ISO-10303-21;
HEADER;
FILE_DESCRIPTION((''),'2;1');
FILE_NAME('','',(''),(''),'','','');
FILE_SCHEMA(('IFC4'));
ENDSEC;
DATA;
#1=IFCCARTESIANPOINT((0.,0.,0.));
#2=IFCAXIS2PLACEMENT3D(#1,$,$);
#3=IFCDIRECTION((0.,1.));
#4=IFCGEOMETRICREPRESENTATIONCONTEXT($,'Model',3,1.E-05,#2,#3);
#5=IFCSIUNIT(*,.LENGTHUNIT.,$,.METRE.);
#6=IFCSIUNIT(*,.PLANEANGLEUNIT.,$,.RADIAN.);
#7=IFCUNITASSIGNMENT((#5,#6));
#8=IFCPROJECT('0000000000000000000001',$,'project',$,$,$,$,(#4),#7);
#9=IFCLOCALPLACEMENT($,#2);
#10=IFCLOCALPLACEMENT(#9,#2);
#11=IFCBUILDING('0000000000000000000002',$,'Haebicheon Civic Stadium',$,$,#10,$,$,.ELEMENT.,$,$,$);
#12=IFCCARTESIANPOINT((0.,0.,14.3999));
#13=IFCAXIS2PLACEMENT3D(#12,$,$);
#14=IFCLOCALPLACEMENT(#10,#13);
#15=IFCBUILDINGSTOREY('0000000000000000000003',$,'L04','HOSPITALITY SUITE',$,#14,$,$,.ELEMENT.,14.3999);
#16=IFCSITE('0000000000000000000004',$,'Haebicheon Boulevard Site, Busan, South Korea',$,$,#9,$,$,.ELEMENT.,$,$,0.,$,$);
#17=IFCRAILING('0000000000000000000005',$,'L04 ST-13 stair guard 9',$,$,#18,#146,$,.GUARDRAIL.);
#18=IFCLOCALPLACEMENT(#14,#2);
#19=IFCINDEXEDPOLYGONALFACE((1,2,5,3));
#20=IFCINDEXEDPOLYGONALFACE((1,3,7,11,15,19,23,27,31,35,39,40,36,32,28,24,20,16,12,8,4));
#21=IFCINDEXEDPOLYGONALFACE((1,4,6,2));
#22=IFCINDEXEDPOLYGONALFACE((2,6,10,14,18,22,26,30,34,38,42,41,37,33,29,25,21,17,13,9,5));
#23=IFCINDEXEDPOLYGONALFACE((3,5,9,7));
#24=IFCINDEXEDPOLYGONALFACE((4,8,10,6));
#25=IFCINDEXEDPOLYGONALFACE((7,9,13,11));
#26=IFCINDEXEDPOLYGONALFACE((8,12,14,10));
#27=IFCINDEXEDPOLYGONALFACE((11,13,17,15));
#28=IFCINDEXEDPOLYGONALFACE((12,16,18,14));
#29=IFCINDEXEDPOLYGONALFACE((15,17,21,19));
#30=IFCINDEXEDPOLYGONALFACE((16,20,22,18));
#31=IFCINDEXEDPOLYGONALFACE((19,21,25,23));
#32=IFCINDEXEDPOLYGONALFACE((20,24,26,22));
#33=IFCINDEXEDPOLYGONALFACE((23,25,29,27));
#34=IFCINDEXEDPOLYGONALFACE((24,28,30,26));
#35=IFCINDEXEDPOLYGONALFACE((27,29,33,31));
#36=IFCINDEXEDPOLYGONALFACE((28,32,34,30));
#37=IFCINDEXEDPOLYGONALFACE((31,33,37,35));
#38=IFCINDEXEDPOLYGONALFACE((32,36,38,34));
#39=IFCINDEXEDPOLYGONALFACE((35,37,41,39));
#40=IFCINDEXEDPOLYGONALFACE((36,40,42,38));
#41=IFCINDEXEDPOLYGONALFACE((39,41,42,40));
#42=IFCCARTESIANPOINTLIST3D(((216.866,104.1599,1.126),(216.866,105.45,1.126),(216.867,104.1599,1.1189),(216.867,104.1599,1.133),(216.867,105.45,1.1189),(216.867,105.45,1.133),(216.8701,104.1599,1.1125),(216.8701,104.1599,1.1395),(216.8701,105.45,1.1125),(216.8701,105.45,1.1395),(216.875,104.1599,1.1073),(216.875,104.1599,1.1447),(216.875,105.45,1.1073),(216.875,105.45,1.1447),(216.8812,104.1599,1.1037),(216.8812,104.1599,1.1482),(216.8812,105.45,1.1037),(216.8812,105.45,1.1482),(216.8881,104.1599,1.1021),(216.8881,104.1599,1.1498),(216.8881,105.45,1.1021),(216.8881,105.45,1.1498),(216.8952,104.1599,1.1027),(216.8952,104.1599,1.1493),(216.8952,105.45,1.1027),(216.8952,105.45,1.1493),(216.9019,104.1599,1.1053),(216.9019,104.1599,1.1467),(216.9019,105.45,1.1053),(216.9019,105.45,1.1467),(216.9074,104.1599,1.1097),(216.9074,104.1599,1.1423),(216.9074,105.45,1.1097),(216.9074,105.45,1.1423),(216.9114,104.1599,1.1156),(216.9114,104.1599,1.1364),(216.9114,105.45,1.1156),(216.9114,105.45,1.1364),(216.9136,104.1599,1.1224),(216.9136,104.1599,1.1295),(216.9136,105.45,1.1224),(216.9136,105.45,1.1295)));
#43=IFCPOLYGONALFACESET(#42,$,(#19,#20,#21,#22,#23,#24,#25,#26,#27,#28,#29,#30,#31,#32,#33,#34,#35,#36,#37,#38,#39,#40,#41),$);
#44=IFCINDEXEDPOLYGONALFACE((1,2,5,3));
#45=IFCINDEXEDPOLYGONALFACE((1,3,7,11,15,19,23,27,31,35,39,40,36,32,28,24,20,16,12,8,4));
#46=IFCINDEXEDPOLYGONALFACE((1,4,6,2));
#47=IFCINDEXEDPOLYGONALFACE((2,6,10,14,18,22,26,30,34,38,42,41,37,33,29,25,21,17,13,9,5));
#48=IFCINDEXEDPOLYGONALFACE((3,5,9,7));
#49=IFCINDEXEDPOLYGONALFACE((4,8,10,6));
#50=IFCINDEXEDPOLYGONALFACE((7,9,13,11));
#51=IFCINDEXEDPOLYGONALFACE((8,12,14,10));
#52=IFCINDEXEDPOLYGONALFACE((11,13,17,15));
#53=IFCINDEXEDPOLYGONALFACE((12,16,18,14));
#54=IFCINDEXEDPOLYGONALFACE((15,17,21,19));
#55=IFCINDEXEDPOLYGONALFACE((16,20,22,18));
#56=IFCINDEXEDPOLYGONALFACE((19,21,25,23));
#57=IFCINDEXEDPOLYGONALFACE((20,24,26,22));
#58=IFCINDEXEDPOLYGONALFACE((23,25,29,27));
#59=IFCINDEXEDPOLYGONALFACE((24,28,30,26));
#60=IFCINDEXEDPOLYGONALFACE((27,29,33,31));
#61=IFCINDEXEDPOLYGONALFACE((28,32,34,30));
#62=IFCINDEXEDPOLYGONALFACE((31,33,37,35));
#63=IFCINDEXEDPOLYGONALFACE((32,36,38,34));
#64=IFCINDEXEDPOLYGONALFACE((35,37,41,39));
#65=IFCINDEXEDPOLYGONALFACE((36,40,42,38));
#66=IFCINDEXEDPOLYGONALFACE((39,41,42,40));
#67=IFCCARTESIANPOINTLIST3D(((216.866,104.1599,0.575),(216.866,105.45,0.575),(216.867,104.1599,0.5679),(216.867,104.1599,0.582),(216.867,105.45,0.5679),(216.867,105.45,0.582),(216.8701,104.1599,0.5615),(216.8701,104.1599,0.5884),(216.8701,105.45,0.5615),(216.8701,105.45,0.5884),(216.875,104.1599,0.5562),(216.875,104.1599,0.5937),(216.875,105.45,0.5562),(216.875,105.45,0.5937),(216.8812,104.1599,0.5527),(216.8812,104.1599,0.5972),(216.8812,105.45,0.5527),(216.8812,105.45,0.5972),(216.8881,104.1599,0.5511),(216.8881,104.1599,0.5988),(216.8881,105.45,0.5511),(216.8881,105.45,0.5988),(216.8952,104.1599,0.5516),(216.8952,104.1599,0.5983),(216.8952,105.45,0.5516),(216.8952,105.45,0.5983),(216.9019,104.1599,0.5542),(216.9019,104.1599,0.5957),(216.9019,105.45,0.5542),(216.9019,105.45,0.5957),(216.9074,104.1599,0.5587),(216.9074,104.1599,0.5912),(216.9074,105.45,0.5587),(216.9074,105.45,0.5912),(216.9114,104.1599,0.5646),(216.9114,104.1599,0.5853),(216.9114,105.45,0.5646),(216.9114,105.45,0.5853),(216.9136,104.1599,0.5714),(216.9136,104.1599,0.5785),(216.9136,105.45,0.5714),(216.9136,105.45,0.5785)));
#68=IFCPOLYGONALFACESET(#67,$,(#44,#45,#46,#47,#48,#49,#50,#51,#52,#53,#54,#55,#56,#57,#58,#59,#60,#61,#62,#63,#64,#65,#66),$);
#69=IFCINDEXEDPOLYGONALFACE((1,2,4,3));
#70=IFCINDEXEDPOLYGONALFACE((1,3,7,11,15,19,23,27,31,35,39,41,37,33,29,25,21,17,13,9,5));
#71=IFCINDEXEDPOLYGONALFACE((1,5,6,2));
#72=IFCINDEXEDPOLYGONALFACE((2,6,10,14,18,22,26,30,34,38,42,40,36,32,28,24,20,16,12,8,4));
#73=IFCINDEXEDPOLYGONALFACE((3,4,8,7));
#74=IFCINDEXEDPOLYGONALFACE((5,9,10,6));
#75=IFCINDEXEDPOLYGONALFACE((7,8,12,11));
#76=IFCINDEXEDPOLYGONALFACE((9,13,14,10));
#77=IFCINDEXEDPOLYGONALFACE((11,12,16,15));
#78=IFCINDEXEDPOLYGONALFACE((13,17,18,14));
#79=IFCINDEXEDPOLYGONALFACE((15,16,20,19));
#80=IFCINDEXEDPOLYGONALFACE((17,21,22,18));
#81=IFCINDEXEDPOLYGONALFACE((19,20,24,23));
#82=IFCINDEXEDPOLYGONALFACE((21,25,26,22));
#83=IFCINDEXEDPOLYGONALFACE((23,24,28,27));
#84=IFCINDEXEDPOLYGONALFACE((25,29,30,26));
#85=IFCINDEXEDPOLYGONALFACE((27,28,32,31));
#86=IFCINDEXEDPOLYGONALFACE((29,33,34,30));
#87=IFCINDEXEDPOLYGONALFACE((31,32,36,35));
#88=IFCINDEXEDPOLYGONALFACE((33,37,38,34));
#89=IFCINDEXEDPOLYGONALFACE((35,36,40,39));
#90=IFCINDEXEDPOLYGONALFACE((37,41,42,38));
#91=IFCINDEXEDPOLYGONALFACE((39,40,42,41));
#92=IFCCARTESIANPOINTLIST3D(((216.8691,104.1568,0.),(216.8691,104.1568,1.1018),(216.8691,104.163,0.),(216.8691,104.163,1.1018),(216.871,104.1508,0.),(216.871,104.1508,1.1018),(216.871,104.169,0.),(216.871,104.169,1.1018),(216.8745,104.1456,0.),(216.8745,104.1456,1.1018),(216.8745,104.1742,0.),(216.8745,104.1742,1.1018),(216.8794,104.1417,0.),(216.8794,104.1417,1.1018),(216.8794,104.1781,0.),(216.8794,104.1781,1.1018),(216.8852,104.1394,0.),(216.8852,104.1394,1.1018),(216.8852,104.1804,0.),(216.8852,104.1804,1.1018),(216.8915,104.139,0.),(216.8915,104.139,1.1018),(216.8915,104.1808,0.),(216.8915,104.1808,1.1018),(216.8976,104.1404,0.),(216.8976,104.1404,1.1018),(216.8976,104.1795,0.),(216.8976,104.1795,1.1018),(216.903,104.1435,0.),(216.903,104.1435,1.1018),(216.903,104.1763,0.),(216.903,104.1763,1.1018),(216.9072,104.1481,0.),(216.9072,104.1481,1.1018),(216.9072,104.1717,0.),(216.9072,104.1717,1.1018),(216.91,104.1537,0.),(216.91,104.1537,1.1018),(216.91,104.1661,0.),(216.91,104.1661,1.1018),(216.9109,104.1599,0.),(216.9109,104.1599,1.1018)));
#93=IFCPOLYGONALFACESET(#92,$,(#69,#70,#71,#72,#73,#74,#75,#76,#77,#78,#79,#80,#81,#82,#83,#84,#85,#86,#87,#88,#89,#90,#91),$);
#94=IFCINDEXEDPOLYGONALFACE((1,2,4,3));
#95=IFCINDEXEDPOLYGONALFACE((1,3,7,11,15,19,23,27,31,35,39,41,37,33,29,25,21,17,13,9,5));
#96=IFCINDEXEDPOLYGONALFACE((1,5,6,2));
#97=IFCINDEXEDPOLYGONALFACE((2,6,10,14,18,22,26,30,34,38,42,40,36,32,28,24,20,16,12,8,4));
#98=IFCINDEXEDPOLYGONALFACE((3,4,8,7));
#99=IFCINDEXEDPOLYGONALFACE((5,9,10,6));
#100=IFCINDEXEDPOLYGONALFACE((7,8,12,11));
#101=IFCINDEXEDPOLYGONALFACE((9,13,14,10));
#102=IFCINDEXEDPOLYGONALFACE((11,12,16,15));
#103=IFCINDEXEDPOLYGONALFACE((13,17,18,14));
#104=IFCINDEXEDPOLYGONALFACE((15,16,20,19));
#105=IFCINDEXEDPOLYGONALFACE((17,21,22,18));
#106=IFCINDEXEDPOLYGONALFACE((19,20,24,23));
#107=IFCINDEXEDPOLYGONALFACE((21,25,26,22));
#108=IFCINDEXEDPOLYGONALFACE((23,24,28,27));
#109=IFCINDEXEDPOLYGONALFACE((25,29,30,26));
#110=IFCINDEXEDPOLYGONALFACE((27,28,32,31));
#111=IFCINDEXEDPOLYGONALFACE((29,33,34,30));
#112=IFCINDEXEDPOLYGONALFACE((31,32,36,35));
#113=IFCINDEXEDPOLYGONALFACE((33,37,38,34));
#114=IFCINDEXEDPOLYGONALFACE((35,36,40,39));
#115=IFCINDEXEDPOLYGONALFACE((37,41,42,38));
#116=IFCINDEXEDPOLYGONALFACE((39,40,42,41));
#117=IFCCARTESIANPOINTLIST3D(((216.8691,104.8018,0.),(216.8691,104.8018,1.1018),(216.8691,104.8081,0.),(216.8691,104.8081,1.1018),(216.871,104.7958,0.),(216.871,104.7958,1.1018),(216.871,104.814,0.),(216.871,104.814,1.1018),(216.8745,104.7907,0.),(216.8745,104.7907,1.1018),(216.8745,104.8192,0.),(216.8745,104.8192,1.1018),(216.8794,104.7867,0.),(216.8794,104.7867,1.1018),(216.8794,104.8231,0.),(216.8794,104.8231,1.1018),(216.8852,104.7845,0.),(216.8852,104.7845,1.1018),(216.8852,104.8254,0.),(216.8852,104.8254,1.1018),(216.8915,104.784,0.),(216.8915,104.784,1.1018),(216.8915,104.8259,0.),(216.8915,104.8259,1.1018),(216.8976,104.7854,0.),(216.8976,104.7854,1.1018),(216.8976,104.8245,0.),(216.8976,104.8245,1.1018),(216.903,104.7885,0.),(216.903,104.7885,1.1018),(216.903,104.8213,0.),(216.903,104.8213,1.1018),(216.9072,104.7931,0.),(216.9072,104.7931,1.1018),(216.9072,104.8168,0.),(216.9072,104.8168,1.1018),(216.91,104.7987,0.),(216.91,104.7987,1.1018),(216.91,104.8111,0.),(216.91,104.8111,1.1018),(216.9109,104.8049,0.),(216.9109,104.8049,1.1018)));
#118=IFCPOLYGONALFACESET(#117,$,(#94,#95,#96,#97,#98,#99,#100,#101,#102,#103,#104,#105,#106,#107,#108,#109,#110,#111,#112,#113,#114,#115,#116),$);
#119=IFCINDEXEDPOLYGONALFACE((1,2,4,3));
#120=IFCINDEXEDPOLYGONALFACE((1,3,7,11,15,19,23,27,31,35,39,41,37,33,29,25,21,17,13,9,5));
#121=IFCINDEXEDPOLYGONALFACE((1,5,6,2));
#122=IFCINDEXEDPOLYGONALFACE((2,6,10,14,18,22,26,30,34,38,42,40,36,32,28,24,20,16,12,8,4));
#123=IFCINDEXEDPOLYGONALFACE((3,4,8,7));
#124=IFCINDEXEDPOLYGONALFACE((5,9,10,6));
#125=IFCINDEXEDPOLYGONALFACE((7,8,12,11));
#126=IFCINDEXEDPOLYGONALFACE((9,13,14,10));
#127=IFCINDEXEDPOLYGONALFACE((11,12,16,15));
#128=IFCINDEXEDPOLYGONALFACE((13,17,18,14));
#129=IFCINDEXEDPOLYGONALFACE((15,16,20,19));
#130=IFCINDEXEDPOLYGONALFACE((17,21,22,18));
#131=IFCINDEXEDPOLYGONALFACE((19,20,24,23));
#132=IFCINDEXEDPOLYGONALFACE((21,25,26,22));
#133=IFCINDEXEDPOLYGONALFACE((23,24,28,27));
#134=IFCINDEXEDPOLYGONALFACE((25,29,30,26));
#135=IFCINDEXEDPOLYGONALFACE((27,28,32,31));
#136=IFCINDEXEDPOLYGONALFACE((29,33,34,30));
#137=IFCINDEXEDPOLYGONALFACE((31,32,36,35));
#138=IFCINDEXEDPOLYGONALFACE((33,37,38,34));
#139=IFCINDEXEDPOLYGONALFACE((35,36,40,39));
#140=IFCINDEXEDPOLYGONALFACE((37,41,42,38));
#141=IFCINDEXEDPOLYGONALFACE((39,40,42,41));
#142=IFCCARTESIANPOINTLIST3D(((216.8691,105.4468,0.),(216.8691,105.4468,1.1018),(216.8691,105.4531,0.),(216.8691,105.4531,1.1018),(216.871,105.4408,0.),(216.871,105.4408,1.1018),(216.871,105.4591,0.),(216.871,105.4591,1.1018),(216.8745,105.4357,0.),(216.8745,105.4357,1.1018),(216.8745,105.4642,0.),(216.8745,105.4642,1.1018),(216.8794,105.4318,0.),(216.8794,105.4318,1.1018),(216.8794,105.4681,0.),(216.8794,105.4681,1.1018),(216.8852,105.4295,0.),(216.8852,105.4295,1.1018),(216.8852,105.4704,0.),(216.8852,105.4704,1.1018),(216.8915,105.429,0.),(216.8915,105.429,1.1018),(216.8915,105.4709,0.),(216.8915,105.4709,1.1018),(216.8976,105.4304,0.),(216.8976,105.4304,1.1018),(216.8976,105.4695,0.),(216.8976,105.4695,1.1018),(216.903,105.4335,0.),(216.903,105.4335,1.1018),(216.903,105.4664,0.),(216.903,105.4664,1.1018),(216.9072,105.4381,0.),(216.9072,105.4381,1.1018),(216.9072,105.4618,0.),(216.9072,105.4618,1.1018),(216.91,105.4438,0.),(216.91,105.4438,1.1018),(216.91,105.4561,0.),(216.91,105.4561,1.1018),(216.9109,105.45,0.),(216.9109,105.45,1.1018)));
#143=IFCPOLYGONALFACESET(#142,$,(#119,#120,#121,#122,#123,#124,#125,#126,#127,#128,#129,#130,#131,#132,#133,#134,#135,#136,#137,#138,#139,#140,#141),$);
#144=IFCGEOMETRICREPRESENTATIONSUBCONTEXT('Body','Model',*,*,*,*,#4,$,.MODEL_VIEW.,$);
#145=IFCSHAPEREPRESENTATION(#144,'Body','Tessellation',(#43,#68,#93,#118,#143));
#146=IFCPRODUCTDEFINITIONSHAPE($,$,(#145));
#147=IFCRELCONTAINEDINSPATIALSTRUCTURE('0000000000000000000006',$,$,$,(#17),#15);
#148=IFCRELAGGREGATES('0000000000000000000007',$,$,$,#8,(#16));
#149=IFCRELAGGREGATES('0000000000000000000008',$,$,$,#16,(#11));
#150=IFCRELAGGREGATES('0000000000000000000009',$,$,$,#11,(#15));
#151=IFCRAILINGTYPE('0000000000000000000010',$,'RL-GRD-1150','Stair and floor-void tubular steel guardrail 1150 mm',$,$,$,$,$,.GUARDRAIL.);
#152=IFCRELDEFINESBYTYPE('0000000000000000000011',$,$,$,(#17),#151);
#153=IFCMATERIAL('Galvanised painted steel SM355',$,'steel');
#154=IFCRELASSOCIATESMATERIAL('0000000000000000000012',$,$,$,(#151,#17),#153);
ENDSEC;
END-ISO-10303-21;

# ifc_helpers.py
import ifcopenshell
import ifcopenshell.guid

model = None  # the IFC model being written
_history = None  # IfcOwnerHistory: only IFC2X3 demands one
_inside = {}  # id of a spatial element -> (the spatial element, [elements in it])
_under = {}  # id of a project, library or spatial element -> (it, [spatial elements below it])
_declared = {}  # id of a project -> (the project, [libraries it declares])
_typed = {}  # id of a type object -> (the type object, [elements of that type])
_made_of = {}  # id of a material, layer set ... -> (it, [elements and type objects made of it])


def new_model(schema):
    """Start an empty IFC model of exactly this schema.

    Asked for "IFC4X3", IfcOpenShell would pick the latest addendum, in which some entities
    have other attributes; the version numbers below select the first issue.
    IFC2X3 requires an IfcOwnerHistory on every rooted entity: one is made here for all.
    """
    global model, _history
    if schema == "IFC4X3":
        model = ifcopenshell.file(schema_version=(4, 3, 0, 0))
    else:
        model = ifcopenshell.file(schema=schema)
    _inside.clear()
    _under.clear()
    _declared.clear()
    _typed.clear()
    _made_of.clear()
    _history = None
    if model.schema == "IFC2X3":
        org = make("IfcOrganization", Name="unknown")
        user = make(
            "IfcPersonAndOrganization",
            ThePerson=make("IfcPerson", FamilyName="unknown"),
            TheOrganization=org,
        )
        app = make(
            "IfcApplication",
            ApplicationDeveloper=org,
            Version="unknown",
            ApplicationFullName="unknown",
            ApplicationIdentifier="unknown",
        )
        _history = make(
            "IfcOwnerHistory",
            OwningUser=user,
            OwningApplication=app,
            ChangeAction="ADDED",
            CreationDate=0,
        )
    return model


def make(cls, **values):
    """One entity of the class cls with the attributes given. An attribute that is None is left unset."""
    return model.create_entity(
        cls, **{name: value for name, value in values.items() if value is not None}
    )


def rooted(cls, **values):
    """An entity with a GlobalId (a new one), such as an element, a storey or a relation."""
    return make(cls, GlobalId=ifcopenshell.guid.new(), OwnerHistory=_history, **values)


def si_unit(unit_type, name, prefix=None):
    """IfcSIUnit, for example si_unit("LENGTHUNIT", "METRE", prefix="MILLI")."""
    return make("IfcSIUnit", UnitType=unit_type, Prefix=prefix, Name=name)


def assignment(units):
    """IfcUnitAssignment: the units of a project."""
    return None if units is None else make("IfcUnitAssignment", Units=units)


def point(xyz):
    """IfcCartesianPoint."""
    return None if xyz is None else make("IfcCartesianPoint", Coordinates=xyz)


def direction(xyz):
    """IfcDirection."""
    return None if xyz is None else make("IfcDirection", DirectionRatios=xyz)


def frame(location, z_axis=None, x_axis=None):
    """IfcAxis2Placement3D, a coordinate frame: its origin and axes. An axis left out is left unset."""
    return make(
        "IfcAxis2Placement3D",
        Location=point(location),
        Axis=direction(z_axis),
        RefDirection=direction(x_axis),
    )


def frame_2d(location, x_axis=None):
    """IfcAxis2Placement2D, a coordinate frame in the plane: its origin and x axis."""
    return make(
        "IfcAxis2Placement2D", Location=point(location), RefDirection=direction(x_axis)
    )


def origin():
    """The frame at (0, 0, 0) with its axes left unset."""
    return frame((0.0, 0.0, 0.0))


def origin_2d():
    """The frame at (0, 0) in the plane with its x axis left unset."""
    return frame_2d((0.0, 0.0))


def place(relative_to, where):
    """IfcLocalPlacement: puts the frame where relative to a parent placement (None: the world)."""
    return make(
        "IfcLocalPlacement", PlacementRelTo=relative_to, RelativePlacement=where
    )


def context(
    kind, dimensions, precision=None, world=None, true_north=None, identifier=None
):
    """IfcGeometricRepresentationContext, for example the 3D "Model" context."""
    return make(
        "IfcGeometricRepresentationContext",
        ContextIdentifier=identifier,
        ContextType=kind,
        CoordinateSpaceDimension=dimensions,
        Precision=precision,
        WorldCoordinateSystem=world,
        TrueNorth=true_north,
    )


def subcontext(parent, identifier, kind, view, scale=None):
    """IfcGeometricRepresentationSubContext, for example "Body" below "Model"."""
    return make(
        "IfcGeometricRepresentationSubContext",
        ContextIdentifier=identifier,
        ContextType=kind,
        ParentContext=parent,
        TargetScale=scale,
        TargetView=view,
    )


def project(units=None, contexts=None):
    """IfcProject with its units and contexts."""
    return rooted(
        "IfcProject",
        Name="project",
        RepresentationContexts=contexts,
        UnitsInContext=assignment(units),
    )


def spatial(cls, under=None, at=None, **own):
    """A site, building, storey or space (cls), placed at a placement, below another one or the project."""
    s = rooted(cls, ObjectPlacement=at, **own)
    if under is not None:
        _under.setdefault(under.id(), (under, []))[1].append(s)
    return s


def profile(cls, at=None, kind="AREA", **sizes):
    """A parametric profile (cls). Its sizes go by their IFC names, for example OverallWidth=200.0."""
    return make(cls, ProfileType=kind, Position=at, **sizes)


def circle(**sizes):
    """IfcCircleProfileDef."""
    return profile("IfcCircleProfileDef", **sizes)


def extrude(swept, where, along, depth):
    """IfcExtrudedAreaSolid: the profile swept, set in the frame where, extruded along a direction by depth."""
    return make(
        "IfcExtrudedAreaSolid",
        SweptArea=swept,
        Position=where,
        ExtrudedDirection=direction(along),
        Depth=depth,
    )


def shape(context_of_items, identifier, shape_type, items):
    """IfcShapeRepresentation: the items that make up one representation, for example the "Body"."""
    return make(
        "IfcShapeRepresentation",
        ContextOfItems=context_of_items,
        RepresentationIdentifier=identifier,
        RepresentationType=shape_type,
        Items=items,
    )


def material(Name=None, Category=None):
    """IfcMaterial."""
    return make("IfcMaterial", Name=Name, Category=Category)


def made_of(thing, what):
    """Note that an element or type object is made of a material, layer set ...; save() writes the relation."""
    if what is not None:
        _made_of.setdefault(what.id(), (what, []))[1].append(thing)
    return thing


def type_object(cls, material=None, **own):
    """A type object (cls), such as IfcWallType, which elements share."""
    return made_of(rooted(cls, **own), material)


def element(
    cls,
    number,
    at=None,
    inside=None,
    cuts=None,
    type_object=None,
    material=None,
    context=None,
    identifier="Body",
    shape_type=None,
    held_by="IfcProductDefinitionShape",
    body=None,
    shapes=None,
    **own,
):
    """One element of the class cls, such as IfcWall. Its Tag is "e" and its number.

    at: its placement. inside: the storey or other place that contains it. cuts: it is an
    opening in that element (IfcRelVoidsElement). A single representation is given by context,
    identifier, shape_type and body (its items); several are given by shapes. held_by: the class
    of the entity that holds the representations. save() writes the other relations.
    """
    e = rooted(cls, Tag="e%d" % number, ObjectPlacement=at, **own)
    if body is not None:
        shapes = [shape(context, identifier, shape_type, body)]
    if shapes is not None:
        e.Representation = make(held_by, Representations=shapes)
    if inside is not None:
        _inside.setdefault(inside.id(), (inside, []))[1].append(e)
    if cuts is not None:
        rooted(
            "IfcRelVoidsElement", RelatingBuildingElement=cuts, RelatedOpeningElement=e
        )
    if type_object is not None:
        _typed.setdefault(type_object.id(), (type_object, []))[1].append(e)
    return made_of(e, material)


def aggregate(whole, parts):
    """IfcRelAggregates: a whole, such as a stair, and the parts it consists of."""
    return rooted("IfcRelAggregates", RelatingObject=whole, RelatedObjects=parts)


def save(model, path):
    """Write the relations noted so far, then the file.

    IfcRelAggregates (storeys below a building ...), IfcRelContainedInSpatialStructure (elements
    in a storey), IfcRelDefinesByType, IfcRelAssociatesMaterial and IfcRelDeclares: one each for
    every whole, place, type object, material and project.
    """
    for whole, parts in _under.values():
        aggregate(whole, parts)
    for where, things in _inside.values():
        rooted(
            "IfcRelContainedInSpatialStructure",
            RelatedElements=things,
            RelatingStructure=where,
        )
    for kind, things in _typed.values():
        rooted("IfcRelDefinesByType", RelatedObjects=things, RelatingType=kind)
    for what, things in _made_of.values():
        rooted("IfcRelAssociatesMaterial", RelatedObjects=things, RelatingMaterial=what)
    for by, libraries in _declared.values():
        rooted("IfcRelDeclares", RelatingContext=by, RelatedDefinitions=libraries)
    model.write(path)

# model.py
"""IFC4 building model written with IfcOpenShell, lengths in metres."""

from ifc_helpers import new_model, si_unit, direction, frame, origin, origin_2d, place, context, subcontext, project, spatial, circle, extrude, material, type_object, element, save


model = new_model("IFC4")

# Units and contexts
model_context = context("Model", 3, precision=1e-05, world=origin(), true_north=direction((0.0, 1.0)))
body_context = subcontext(model_context, "Body", "Model", "MODEL_VIEW")
ifc_project = project(units=[si_unit("LENGTHUNIT", "METRE"), si_unit("PLANEANGLEUNIT", "RADIAN")], contexts=[model_context])

# Site, building, storey
site_placement = place(None, origin())
site = spatial("IfcSite", under=ifc_project, at=site_placement, Name="Haebicheon Boulevard Site, Busan, South Korea", CompositionType="ELEMENT", RefElevation=0.0)
building_placement = place(site_placement, origin())
building = spatial("IfcBuilding", under=site, at=building_placement, Name="Haebicheon Civic Stadium", CompositionType="ELEMENT")
storey_placement = place(building_placement, frame((0.0, 0.0, 14.3999)))
storey = spatial("IfcBuildingStorey", under=building, at=storey_placement, Name="L04", Description="HOSPITALITY SUITE", CompositionType="ELEMENT", Elevation=14.3999)

# Railing
ifc_material_1 = material(Name="Galvanised painted steel SM355", Category="steel")
railing_type = type_object("IfcRailingType", Name="RL-GRD-1150", Description="Stair and floor-void tubular steel guardrail 1150 mm", PredefinedType="GUARDRAIL", material=ifc_material_1)
for number, where, name in (
    (1, (216.8899, 104.1599, 0.0), "L04 ST-13 stair guard 9"),
):
    element("IfcRailing", number, at=place(storey_placement, frame(where)), inside=storey, type_object=railing_type, material=ifc_material_1, Name=name, PredefinedType="GUARDRAIL", context=body_context, shape_type="SweptSolid", body=[
        extrude(circle(Radius=0.0239, at=origin_2d()), frame((0.0, 0.0, 1.126), z_axis=(0.0, 1.0, 0.0), x_axis=(-1.0, 0.0, 0.0)), (0.0, 0.0, 1.0), 1.29),
        extrude(circle(Radius=0.0239, at=origin_2d()), frame((0.0, 0.0, 0.575), z_axis=(0.0, 1.0, 0.0), x_axis=(-1.0, 0.0, 0.0)), (0.0, 0.0, 1.0), 1.29),
        extrude(circle(Radius=0.021, at=origin_2d()), origin(), (0.0, 0.0, 1.0), 1.1018),
        extrude(circle(Radius=0.021, at=origin_2d()), frame((0.0, 0.645, 0.0)), (0.0, 0.0, 1.0), 1.1018),
        extrude(circle(Radius=0.021, at=origin_2d()), frame((0.0, 1.29, 0.0)), (0.0, 0.0, 1.0), 1.1018),
    ])

save(model, "model.ifc")
